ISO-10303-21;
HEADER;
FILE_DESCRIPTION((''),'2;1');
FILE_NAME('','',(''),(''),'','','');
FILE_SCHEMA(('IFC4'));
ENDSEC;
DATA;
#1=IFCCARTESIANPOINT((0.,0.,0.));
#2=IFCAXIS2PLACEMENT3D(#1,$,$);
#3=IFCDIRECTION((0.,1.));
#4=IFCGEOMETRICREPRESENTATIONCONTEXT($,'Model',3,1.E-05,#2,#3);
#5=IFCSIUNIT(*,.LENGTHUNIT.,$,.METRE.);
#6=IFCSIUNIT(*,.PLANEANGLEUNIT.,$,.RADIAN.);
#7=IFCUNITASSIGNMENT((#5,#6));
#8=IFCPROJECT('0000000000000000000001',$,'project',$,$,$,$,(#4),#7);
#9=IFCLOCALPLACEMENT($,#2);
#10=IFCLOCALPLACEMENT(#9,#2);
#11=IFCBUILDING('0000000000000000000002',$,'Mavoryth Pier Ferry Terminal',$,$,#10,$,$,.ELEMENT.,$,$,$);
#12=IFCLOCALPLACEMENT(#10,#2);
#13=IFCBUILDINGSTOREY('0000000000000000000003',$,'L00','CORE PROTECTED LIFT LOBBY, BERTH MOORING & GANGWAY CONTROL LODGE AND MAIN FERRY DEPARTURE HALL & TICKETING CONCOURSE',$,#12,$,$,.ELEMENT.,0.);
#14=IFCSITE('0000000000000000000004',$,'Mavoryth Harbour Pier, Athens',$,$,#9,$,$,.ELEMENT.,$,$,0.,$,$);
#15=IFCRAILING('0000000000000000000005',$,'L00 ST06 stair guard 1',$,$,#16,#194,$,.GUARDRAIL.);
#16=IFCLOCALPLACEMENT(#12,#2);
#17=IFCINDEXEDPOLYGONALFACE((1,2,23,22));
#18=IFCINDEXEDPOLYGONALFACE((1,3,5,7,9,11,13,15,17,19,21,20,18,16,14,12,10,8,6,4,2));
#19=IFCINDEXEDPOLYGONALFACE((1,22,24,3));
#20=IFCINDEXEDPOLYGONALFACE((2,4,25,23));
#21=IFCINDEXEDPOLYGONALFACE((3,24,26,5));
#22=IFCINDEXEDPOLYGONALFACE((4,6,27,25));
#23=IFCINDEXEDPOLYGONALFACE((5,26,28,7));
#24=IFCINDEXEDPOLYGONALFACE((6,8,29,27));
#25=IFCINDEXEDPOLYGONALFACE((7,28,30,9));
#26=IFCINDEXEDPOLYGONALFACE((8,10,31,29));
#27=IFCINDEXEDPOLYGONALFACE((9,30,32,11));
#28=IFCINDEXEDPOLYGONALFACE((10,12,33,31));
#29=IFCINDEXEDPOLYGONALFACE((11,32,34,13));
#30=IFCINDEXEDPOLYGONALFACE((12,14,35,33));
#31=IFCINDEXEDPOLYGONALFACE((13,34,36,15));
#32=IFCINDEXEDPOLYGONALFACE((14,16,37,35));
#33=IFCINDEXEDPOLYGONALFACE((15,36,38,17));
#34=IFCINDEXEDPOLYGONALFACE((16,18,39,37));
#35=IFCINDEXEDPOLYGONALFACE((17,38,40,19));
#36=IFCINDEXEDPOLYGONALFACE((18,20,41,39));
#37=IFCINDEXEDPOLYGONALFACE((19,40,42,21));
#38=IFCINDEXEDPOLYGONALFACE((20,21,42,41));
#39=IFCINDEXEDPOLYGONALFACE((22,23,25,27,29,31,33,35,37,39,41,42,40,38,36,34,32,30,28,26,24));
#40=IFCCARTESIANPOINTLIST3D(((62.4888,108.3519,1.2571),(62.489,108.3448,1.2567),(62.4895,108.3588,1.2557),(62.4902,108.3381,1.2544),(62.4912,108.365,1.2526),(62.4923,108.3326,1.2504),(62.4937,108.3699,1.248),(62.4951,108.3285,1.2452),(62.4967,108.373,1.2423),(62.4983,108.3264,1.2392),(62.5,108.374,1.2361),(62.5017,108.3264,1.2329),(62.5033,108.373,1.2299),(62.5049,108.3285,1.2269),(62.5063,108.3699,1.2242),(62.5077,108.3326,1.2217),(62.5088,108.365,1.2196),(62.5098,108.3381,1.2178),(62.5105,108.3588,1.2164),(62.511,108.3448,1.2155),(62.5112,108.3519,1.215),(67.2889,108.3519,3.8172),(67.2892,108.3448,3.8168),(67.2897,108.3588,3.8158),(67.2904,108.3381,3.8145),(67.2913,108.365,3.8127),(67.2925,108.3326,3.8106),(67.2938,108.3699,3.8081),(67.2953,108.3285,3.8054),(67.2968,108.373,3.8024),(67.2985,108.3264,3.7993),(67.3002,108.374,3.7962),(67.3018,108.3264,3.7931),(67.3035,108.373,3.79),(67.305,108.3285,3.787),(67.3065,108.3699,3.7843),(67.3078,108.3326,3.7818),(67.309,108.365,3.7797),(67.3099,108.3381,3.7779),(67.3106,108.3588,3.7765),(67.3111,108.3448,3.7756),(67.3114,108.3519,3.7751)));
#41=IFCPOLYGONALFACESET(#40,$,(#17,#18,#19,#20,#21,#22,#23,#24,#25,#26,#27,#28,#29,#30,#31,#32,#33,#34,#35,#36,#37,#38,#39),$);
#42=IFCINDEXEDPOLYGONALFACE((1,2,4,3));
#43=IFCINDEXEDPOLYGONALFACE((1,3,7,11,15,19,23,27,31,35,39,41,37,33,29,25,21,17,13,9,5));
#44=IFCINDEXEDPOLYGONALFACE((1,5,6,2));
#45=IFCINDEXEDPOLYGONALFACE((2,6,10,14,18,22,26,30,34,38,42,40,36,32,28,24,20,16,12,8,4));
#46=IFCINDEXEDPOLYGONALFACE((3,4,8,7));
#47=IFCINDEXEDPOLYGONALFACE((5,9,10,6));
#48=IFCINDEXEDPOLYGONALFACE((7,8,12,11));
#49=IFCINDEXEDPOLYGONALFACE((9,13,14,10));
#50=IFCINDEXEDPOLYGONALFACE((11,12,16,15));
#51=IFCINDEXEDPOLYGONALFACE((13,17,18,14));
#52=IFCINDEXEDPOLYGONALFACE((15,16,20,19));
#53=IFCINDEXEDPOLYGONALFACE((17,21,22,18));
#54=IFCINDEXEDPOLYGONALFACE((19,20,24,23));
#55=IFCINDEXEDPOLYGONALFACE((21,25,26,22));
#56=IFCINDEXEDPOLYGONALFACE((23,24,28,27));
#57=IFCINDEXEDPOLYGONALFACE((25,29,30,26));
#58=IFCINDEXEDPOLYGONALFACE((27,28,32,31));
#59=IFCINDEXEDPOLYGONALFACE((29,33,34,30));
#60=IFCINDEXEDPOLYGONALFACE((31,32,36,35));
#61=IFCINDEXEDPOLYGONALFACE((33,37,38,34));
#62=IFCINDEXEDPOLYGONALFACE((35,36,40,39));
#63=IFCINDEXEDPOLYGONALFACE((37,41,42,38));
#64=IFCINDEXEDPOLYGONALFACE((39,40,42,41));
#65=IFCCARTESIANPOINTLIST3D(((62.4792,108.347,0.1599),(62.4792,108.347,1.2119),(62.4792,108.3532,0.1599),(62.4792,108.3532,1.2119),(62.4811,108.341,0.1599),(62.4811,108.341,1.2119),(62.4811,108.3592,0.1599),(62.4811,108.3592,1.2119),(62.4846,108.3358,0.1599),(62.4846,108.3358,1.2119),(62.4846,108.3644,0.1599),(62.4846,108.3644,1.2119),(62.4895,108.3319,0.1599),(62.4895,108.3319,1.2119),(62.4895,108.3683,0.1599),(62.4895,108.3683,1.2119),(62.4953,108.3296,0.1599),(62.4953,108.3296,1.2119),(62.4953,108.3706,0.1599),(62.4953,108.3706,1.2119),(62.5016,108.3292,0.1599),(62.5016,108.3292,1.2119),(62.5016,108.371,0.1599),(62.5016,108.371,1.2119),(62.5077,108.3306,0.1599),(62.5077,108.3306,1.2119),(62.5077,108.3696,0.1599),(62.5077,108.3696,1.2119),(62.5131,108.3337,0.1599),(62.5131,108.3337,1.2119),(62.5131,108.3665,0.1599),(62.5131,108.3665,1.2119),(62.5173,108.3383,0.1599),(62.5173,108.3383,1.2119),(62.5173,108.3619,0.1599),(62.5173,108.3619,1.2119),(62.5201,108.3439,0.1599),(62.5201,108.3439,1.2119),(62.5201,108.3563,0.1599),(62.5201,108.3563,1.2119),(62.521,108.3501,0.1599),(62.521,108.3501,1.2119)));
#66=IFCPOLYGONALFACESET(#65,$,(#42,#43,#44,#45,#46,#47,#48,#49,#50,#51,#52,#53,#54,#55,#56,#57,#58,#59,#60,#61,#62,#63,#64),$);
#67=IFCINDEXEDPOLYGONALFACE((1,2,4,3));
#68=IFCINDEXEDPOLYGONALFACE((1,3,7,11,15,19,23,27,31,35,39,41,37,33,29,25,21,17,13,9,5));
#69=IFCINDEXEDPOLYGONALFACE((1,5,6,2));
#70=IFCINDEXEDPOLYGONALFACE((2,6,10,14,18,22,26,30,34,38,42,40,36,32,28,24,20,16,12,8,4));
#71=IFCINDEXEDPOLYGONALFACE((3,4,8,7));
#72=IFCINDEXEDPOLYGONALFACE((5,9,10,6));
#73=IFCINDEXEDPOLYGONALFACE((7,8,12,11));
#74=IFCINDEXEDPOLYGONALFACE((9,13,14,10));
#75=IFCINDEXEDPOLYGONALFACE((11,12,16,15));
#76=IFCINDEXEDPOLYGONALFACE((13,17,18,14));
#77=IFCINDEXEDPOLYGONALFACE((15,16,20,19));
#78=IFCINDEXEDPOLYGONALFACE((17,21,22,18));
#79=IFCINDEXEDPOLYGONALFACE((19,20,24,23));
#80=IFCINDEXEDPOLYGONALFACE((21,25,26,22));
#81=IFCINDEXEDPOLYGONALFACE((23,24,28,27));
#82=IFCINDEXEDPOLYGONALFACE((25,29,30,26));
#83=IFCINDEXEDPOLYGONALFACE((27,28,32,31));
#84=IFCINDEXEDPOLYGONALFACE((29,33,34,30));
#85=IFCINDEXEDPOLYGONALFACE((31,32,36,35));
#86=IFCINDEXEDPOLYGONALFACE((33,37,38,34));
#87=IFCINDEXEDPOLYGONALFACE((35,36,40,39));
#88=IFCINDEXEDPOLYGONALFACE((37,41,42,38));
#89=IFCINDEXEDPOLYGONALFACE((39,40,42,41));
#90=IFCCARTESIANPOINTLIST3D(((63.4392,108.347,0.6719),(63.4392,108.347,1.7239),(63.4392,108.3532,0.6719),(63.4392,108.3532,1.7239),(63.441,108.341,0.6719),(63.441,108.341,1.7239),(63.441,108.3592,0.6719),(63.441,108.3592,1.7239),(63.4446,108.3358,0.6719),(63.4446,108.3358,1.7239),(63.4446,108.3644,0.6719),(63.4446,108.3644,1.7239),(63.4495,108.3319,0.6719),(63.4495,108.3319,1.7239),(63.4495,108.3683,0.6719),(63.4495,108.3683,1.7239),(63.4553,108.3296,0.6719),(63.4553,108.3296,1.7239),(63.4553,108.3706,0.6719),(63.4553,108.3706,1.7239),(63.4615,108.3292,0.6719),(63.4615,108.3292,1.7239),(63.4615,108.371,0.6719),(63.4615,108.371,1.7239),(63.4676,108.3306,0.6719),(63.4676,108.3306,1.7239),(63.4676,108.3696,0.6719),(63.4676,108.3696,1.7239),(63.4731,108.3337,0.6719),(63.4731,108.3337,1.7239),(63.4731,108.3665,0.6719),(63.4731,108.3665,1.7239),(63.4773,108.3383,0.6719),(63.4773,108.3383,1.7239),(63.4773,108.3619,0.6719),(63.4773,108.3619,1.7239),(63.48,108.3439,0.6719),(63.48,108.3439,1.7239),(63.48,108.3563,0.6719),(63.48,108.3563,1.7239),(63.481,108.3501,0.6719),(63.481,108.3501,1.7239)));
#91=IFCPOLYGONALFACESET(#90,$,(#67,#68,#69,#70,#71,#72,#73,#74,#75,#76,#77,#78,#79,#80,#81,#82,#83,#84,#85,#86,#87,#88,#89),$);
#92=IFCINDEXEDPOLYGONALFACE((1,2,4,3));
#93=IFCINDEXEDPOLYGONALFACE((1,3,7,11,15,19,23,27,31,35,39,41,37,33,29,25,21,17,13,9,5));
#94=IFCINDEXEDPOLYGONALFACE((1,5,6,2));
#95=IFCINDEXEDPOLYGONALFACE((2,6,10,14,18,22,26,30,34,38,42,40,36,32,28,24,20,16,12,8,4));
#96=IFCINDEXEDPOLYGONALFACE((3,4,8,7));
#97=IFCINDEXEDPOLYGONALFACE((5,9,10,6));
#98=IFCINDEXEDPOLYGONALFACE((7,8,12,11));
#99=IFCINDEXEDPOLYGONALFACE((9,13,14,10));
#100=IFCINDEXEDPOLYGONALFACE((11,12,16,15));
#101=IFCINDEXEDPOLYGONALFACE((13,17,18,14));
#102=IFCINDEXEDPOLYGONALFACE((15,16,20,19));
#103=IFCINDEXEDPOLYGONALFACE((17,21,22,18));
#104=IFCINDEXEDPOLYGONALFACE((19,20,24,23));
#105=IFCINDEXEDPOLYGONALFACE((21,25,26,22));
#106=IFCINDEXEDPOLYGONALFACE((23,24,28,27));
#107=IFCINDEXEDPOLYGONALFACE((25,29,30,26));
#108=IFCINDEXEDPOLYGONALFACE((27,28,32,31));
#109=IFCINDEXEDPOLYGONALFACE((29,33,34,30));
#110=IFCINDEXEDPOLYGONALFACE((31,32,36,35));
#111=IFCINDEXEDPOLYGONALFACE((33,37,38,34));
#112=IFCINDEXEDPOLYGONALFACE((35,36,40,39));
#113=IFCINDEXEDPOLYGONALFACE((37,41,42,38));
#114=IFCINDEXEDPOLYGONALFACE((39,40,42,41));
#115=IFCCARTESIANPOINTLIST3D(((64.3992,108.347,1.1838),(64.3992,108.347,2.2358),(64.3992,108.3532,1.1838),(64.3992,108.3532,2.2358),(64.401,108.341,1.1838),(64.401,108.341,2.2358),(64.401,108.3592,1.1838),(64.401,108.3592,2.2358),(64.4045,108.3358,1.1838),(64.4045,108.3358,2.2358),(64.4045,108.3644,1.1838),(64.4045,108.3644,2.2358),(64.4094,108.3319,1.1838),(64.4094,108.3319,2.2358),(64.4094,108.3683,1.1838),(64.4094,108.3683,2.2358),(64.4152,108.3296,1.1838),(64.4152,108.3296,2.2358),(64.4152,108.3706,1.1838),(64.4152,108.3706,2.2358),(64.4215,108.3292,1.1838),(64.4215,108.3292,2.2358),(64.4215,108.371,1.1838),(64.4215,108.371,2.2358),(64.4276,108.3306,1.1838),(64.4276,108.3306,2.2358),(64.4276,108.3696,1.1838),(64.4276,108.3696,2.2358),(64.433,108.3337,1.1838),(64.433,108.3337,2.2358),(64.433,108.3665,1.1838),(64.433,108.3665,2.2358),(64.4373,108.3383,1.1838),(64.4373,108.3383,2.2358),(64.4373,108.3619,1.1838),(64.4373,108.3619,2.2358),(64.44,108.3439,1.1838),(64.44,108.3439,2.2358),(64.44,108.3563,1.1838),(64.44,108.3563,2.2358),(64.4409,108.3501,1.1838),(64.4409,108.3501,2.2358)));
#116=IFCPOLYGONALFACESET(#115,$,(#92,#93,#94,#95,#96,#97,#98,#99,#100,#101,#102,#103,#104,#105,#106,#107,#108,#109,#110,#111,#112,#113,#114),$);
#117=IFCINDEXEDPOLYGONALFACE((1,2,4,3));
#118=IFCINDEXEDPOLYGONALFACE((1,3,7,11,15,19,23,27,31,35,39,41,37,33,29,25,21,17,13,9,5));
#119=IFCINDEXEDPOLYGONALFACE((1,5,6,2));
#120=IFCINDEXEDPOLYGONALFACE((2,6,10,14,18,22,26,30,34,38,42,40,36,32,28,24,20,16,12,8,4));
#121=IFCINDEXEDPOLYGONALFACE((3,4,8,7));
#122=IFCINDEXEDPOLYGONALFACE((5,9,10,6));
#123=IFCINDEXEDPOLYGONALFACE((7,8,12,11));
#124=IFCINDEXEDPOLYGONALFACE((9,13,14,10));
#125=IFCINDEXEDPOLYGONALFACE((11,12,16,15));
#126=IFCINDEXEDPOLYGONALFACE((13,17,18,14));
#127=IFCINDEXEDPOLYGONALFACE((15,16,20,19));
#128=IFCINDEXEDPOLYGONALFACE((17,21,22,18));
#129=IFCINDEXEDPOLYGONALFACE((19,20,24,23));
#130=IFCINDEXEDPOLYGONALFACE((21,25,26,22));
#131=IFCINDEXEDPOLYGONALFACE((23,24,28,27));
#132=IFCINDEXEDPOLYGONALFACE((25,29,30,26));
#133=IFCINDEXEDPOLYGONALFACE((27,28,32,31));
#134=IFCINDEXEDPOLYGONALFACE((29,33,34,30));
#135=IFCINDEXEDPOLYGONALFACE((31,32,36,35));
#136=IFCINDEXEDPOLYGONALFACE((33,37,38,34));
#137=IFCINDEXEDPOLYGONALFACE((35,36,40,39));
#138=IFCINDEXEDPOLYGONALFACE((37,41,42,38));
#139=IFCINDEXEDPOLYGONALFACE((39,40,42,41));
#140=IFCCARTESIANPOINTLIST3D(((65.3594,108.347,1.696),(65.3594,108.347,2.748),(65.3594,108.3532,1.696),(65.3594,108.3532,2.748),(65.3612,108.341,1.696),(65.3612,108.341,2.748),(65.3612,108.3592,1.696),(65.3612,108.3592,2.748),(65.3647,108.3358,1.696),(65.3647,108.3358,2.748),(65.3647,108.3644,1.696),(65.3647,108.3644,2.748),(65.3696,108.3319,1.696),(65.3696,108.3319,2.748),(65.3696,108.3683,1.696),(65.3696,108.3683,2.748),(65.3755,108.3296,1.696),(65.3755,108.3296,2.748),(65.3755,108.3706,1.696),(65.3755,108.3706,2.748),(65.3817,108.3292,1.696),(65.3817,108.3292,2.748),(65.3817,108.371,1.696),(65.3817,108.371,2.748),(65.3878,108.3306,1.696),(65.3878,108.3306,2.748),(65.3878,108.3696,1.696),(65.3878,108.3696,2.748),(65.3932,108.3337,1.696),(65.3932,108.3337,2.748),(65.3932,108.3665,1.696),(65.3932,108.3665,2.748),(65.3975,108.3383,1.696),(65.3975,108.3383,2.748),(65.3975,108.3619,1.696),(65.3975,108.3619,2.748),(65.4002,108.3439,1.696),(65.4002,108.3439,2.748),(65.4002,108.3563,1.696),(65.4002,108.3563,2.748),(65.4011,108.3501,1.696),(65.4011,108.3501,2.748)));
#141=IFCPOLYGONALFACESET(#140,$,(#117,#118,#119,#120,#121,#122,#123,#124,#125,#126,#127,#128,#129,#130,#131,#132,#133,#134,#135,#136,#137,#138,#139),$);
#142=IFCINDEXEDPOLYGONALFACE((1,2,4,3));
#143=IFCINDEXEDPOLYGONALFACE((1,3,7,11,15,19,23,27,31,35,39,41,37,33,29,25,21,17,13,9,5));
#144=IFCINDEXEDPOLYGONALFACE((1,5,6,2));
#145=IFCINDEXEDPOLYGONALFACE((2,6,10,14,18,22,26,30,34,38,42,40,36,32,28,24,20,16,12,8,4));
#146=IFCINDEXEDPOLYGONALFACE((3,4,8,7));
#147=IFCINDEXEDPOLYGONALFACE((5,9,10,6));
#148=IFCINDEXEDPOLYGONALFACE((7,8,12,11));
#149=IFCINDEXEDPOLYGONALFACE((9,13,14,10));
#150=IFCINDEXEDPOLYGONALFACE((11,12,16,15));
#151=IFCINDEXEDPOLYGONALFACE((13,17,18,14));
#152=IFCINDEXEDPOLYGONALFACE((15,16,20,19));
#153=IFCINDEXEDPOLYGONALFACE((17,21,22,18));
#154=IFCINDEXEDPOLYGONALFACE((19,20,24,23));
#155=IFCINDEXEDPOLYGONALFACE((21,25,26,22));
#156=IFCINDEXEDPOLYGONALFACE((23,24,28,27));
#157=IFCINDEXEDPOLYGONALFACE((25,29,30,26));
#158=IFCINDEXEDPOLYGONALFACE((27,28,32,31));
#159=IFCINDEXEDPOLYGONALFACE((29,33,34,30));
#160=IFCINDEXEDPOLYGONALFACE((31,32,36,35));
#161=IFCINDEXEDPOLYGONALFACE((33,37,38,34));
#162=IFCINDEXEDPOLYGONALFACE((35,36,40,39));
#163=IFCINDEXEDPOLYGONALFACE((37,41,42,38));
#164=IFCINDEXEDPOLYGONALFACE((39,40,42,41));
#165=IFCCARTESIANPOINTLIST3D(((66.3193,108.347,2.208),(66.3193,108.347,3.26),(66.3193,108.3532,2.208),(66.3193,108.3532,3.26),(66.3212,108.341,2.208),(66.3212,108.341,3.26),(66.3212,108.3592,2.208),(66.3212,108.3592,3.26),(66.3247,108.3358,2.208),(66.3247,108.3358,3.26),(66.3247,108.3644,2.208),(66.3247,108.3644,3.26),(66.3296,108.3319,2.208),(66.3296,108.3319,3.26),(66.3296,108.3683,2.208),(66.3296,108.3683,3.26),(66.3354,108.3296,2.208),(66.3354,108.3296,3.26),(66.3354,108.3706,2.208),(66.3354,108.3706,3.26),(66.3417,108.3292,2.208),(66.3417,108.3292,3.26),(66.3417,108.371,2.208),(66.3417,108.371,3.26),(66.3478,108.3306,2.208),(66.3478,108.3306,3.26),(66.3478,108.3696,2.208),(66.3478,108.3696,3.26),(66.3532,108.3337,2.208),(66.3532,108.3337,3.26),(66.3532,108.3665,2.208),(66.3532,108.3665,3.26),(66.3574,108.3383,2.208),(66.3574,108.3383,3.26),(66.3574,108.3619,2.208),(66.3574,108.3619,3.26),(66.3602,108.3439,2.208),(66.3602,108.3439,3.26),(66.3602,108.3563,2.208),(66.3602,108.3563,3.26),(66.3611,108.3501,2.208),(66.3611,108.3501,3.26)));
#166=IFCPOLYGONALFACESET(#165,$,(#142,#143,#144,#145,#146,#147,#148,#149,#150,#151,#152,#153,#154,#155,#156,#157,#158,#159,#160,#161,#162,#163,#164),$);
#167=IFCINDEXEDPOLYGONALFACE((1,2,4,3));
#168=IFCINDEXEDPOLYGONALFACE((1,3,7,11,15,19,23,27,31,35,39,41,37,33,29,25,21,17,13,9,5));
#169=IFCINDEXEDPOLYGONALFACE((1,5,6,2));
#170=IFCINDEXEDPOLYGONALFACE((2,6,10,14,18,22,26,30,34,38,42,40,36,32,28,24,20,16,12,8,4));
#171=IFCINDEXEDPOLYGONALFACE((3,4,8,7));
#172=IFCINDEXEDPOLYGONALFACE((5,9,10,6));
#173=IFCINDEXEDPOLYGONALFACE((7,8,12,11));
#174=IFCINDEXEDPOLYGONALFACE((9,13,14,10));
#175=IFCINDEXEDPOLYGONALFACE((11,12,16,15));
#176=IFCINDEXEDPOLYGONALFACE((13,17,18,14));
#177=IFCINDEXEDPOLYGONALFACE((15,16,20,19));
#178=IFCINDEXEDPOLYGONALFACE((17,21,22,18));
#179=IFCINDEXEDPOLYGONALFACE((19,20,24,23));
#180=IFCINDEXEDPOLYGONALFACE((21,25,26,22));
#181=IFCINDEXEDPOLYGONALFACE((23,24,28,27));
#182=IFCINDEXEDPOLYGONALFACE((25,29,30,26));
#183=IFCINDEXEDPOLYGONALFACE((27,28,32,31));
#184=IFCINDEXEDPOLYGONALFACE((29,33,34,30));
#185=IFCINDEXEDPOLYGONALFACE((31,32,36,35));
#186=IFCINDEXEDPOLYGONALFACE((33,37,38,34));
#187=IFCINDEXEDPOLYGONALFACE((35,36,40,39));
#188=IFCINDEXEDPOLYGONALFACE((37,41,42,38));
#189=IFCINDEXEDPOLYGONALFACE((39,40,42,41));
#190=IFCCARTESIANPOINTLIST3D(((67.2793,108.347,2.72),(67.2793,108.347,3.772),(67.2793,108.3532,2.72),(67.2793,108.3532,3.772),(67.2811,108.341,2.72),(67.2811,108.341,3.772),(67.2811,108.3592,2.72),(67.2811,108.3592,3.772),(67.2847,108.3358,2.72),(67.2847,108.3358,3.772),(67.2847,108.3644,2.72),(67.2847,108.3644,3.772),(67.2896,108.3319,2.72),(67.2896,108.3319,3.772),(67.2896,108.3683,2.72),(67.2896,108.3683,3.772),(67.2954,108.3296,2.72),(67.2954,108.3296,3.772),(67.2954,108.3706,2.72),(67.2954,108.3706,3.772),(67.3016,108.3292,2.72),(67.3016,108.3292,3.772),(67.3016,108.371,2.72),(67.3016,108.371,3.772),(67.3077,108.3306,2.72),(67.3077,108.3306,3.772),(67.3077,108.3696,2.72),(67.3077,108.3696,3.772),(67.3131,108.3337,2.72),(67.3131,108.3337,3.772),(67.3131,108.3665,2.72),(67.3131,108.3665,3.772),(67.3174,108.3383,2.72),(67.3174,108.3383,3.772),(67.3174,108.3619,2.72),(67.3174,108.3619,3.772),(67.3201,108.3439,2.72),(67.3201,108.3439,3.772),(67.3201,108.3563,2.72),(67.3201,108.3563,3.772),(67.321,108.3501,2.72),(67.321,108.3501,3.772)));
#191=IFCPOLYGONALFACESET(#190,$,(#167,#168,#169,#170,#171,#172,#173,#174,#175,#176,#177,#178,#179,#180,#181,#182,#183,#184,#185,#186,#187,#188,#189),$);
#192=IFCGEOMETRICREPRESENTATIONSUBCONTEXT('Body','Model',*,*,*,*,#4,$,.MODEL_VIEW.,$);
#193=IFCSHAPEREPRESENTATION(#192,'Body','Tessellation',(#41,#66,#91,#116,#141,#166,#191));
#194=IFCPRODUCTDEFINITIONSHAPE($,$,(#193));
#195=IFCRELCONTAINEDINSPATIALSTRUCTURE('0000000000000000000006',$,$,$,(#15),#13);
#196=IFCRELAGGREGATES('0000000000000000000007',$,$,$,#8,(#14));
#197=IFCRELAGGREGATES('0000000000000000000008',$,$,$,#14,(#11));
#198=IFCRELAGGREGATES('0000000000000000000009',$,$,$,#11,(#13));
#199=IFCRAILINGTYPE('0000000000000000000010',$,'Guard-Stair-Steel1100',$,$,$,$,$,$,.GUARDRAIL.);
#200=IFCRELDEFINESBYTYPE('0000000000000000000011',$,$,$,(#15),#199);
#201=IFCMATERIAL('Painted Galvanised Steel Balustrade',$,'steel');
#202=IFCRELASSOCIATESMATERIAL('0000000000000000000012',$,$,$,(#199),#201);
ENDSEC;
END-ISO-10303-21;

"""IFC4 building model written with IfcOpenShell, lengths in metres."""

from ifc_helpers import new_model, si_unit, direction, frame, origin, origin_2d, place, context, subcontext, project, spatial, circle, extrude, material, type_object, element, save


model = new_model("IFC4")

# Units and contexts
model_context = context("Model", 3, precision=1e-05, world=origin(), true_north=direction((0.0, 1.0)))
body_context = subcontext(model_context, "Body", "Model", "MODEL_VIEW")
ifc_project = project(units=[si_unit("LENGTHUNIT", "METRE"), si_unit("PLANEANGLEUNIT", "RADIAN")], contexts=[model_context])

# Site, building, storey
site_placement = place(None, origin())
site = spatial("IfcSite", under=ifc_project, at=site_placement, Name="Mavoryth Harbour Pier, Athens", CompositionType="ELEMENT", RefElevation=0.0)
building_placement = place(site_placement, origin())
building = spatial("IfcBuilding", under=site, at=building_placement, Name="Mavoryth Pier Ferry Terminal", CompositionType="ELEMENT")
storey_placement = place(building_placement, origin())
storey = spatial("IfcBuildingStorey", under=building, at=storey_placement, Name="L00", Description="CORE PROTECTED LIFT LOBBY, BERTH MOORING & GANGWAY CONTROL LODGE AND MAIN FERRY DEPARTURE HALL & TICKETING CONCOURSE", CompositionType="ELEMENT", Elevation=0.0)

# Railing
ifc_material_1 = material(Name="Painted Galvanised Steel Balustrade", Category="steel")
railing_type_1 = type_object("IfcRailingType", Name="Guard-Stair-Steel1100", PredefinedType="GUARDRAIL", material=ifc_material_1)
railing_1_placement = place(storey_placement, frame((62.5, 108.3501, 0.1599)))
element("IfcRailing", 1, at=railing_1_placement, inside=storey, type_object=railing_type_1, Name="L00 ST06 stair guard 1", PredefinedType="GUARDRAIL", context=body_context, shape_type="SweptSolid", body=[
    extrude(circle(Radius=0.0239, at=origin_2d()), frame((0.0, 0.0, 1.0762), z_axis=(0.88235, 0.0, 0.470593), x_axis=(0.0, 1.0, 0.0)), (0.0, 0.0, 1.0), 5.4402),
    extrude(circle(Radius=0.021, at=origin_2d()), origin(), (0.0, 0.0, 1.0), 1.052),
    extrude(circle(Radius=0.021, at=origin_2d()), frame((0.96, 0.0, 0.512)), (0.0, 0.0, 1.0), 1.052),
    extrude(circle(Radius=0.021, at=origin_2d()), frame((1.9199, 0.0, 1.0239)), (0.0, 0.0, 1.0), 1.052),
    extrude(circle(Radius=0.021, at=origin_2d()), frame((2.8801, 0.0, 1.5361)), (0.0, 0.0, 1.0), 1.052),
    extrude(circle(Radius=0.021, at=origin_2d()), frame((3.8401, 0.0, 2.0481)), (0.0, 0.0, 1.0), 1.052),
    extrude(circle(Radius=0.021, at=origin_2d()), frame((4.8, 0.0, 2.5601)), (0.0, 0.0, 1.0), 1.052),
])

save(model, "model.ifc")
